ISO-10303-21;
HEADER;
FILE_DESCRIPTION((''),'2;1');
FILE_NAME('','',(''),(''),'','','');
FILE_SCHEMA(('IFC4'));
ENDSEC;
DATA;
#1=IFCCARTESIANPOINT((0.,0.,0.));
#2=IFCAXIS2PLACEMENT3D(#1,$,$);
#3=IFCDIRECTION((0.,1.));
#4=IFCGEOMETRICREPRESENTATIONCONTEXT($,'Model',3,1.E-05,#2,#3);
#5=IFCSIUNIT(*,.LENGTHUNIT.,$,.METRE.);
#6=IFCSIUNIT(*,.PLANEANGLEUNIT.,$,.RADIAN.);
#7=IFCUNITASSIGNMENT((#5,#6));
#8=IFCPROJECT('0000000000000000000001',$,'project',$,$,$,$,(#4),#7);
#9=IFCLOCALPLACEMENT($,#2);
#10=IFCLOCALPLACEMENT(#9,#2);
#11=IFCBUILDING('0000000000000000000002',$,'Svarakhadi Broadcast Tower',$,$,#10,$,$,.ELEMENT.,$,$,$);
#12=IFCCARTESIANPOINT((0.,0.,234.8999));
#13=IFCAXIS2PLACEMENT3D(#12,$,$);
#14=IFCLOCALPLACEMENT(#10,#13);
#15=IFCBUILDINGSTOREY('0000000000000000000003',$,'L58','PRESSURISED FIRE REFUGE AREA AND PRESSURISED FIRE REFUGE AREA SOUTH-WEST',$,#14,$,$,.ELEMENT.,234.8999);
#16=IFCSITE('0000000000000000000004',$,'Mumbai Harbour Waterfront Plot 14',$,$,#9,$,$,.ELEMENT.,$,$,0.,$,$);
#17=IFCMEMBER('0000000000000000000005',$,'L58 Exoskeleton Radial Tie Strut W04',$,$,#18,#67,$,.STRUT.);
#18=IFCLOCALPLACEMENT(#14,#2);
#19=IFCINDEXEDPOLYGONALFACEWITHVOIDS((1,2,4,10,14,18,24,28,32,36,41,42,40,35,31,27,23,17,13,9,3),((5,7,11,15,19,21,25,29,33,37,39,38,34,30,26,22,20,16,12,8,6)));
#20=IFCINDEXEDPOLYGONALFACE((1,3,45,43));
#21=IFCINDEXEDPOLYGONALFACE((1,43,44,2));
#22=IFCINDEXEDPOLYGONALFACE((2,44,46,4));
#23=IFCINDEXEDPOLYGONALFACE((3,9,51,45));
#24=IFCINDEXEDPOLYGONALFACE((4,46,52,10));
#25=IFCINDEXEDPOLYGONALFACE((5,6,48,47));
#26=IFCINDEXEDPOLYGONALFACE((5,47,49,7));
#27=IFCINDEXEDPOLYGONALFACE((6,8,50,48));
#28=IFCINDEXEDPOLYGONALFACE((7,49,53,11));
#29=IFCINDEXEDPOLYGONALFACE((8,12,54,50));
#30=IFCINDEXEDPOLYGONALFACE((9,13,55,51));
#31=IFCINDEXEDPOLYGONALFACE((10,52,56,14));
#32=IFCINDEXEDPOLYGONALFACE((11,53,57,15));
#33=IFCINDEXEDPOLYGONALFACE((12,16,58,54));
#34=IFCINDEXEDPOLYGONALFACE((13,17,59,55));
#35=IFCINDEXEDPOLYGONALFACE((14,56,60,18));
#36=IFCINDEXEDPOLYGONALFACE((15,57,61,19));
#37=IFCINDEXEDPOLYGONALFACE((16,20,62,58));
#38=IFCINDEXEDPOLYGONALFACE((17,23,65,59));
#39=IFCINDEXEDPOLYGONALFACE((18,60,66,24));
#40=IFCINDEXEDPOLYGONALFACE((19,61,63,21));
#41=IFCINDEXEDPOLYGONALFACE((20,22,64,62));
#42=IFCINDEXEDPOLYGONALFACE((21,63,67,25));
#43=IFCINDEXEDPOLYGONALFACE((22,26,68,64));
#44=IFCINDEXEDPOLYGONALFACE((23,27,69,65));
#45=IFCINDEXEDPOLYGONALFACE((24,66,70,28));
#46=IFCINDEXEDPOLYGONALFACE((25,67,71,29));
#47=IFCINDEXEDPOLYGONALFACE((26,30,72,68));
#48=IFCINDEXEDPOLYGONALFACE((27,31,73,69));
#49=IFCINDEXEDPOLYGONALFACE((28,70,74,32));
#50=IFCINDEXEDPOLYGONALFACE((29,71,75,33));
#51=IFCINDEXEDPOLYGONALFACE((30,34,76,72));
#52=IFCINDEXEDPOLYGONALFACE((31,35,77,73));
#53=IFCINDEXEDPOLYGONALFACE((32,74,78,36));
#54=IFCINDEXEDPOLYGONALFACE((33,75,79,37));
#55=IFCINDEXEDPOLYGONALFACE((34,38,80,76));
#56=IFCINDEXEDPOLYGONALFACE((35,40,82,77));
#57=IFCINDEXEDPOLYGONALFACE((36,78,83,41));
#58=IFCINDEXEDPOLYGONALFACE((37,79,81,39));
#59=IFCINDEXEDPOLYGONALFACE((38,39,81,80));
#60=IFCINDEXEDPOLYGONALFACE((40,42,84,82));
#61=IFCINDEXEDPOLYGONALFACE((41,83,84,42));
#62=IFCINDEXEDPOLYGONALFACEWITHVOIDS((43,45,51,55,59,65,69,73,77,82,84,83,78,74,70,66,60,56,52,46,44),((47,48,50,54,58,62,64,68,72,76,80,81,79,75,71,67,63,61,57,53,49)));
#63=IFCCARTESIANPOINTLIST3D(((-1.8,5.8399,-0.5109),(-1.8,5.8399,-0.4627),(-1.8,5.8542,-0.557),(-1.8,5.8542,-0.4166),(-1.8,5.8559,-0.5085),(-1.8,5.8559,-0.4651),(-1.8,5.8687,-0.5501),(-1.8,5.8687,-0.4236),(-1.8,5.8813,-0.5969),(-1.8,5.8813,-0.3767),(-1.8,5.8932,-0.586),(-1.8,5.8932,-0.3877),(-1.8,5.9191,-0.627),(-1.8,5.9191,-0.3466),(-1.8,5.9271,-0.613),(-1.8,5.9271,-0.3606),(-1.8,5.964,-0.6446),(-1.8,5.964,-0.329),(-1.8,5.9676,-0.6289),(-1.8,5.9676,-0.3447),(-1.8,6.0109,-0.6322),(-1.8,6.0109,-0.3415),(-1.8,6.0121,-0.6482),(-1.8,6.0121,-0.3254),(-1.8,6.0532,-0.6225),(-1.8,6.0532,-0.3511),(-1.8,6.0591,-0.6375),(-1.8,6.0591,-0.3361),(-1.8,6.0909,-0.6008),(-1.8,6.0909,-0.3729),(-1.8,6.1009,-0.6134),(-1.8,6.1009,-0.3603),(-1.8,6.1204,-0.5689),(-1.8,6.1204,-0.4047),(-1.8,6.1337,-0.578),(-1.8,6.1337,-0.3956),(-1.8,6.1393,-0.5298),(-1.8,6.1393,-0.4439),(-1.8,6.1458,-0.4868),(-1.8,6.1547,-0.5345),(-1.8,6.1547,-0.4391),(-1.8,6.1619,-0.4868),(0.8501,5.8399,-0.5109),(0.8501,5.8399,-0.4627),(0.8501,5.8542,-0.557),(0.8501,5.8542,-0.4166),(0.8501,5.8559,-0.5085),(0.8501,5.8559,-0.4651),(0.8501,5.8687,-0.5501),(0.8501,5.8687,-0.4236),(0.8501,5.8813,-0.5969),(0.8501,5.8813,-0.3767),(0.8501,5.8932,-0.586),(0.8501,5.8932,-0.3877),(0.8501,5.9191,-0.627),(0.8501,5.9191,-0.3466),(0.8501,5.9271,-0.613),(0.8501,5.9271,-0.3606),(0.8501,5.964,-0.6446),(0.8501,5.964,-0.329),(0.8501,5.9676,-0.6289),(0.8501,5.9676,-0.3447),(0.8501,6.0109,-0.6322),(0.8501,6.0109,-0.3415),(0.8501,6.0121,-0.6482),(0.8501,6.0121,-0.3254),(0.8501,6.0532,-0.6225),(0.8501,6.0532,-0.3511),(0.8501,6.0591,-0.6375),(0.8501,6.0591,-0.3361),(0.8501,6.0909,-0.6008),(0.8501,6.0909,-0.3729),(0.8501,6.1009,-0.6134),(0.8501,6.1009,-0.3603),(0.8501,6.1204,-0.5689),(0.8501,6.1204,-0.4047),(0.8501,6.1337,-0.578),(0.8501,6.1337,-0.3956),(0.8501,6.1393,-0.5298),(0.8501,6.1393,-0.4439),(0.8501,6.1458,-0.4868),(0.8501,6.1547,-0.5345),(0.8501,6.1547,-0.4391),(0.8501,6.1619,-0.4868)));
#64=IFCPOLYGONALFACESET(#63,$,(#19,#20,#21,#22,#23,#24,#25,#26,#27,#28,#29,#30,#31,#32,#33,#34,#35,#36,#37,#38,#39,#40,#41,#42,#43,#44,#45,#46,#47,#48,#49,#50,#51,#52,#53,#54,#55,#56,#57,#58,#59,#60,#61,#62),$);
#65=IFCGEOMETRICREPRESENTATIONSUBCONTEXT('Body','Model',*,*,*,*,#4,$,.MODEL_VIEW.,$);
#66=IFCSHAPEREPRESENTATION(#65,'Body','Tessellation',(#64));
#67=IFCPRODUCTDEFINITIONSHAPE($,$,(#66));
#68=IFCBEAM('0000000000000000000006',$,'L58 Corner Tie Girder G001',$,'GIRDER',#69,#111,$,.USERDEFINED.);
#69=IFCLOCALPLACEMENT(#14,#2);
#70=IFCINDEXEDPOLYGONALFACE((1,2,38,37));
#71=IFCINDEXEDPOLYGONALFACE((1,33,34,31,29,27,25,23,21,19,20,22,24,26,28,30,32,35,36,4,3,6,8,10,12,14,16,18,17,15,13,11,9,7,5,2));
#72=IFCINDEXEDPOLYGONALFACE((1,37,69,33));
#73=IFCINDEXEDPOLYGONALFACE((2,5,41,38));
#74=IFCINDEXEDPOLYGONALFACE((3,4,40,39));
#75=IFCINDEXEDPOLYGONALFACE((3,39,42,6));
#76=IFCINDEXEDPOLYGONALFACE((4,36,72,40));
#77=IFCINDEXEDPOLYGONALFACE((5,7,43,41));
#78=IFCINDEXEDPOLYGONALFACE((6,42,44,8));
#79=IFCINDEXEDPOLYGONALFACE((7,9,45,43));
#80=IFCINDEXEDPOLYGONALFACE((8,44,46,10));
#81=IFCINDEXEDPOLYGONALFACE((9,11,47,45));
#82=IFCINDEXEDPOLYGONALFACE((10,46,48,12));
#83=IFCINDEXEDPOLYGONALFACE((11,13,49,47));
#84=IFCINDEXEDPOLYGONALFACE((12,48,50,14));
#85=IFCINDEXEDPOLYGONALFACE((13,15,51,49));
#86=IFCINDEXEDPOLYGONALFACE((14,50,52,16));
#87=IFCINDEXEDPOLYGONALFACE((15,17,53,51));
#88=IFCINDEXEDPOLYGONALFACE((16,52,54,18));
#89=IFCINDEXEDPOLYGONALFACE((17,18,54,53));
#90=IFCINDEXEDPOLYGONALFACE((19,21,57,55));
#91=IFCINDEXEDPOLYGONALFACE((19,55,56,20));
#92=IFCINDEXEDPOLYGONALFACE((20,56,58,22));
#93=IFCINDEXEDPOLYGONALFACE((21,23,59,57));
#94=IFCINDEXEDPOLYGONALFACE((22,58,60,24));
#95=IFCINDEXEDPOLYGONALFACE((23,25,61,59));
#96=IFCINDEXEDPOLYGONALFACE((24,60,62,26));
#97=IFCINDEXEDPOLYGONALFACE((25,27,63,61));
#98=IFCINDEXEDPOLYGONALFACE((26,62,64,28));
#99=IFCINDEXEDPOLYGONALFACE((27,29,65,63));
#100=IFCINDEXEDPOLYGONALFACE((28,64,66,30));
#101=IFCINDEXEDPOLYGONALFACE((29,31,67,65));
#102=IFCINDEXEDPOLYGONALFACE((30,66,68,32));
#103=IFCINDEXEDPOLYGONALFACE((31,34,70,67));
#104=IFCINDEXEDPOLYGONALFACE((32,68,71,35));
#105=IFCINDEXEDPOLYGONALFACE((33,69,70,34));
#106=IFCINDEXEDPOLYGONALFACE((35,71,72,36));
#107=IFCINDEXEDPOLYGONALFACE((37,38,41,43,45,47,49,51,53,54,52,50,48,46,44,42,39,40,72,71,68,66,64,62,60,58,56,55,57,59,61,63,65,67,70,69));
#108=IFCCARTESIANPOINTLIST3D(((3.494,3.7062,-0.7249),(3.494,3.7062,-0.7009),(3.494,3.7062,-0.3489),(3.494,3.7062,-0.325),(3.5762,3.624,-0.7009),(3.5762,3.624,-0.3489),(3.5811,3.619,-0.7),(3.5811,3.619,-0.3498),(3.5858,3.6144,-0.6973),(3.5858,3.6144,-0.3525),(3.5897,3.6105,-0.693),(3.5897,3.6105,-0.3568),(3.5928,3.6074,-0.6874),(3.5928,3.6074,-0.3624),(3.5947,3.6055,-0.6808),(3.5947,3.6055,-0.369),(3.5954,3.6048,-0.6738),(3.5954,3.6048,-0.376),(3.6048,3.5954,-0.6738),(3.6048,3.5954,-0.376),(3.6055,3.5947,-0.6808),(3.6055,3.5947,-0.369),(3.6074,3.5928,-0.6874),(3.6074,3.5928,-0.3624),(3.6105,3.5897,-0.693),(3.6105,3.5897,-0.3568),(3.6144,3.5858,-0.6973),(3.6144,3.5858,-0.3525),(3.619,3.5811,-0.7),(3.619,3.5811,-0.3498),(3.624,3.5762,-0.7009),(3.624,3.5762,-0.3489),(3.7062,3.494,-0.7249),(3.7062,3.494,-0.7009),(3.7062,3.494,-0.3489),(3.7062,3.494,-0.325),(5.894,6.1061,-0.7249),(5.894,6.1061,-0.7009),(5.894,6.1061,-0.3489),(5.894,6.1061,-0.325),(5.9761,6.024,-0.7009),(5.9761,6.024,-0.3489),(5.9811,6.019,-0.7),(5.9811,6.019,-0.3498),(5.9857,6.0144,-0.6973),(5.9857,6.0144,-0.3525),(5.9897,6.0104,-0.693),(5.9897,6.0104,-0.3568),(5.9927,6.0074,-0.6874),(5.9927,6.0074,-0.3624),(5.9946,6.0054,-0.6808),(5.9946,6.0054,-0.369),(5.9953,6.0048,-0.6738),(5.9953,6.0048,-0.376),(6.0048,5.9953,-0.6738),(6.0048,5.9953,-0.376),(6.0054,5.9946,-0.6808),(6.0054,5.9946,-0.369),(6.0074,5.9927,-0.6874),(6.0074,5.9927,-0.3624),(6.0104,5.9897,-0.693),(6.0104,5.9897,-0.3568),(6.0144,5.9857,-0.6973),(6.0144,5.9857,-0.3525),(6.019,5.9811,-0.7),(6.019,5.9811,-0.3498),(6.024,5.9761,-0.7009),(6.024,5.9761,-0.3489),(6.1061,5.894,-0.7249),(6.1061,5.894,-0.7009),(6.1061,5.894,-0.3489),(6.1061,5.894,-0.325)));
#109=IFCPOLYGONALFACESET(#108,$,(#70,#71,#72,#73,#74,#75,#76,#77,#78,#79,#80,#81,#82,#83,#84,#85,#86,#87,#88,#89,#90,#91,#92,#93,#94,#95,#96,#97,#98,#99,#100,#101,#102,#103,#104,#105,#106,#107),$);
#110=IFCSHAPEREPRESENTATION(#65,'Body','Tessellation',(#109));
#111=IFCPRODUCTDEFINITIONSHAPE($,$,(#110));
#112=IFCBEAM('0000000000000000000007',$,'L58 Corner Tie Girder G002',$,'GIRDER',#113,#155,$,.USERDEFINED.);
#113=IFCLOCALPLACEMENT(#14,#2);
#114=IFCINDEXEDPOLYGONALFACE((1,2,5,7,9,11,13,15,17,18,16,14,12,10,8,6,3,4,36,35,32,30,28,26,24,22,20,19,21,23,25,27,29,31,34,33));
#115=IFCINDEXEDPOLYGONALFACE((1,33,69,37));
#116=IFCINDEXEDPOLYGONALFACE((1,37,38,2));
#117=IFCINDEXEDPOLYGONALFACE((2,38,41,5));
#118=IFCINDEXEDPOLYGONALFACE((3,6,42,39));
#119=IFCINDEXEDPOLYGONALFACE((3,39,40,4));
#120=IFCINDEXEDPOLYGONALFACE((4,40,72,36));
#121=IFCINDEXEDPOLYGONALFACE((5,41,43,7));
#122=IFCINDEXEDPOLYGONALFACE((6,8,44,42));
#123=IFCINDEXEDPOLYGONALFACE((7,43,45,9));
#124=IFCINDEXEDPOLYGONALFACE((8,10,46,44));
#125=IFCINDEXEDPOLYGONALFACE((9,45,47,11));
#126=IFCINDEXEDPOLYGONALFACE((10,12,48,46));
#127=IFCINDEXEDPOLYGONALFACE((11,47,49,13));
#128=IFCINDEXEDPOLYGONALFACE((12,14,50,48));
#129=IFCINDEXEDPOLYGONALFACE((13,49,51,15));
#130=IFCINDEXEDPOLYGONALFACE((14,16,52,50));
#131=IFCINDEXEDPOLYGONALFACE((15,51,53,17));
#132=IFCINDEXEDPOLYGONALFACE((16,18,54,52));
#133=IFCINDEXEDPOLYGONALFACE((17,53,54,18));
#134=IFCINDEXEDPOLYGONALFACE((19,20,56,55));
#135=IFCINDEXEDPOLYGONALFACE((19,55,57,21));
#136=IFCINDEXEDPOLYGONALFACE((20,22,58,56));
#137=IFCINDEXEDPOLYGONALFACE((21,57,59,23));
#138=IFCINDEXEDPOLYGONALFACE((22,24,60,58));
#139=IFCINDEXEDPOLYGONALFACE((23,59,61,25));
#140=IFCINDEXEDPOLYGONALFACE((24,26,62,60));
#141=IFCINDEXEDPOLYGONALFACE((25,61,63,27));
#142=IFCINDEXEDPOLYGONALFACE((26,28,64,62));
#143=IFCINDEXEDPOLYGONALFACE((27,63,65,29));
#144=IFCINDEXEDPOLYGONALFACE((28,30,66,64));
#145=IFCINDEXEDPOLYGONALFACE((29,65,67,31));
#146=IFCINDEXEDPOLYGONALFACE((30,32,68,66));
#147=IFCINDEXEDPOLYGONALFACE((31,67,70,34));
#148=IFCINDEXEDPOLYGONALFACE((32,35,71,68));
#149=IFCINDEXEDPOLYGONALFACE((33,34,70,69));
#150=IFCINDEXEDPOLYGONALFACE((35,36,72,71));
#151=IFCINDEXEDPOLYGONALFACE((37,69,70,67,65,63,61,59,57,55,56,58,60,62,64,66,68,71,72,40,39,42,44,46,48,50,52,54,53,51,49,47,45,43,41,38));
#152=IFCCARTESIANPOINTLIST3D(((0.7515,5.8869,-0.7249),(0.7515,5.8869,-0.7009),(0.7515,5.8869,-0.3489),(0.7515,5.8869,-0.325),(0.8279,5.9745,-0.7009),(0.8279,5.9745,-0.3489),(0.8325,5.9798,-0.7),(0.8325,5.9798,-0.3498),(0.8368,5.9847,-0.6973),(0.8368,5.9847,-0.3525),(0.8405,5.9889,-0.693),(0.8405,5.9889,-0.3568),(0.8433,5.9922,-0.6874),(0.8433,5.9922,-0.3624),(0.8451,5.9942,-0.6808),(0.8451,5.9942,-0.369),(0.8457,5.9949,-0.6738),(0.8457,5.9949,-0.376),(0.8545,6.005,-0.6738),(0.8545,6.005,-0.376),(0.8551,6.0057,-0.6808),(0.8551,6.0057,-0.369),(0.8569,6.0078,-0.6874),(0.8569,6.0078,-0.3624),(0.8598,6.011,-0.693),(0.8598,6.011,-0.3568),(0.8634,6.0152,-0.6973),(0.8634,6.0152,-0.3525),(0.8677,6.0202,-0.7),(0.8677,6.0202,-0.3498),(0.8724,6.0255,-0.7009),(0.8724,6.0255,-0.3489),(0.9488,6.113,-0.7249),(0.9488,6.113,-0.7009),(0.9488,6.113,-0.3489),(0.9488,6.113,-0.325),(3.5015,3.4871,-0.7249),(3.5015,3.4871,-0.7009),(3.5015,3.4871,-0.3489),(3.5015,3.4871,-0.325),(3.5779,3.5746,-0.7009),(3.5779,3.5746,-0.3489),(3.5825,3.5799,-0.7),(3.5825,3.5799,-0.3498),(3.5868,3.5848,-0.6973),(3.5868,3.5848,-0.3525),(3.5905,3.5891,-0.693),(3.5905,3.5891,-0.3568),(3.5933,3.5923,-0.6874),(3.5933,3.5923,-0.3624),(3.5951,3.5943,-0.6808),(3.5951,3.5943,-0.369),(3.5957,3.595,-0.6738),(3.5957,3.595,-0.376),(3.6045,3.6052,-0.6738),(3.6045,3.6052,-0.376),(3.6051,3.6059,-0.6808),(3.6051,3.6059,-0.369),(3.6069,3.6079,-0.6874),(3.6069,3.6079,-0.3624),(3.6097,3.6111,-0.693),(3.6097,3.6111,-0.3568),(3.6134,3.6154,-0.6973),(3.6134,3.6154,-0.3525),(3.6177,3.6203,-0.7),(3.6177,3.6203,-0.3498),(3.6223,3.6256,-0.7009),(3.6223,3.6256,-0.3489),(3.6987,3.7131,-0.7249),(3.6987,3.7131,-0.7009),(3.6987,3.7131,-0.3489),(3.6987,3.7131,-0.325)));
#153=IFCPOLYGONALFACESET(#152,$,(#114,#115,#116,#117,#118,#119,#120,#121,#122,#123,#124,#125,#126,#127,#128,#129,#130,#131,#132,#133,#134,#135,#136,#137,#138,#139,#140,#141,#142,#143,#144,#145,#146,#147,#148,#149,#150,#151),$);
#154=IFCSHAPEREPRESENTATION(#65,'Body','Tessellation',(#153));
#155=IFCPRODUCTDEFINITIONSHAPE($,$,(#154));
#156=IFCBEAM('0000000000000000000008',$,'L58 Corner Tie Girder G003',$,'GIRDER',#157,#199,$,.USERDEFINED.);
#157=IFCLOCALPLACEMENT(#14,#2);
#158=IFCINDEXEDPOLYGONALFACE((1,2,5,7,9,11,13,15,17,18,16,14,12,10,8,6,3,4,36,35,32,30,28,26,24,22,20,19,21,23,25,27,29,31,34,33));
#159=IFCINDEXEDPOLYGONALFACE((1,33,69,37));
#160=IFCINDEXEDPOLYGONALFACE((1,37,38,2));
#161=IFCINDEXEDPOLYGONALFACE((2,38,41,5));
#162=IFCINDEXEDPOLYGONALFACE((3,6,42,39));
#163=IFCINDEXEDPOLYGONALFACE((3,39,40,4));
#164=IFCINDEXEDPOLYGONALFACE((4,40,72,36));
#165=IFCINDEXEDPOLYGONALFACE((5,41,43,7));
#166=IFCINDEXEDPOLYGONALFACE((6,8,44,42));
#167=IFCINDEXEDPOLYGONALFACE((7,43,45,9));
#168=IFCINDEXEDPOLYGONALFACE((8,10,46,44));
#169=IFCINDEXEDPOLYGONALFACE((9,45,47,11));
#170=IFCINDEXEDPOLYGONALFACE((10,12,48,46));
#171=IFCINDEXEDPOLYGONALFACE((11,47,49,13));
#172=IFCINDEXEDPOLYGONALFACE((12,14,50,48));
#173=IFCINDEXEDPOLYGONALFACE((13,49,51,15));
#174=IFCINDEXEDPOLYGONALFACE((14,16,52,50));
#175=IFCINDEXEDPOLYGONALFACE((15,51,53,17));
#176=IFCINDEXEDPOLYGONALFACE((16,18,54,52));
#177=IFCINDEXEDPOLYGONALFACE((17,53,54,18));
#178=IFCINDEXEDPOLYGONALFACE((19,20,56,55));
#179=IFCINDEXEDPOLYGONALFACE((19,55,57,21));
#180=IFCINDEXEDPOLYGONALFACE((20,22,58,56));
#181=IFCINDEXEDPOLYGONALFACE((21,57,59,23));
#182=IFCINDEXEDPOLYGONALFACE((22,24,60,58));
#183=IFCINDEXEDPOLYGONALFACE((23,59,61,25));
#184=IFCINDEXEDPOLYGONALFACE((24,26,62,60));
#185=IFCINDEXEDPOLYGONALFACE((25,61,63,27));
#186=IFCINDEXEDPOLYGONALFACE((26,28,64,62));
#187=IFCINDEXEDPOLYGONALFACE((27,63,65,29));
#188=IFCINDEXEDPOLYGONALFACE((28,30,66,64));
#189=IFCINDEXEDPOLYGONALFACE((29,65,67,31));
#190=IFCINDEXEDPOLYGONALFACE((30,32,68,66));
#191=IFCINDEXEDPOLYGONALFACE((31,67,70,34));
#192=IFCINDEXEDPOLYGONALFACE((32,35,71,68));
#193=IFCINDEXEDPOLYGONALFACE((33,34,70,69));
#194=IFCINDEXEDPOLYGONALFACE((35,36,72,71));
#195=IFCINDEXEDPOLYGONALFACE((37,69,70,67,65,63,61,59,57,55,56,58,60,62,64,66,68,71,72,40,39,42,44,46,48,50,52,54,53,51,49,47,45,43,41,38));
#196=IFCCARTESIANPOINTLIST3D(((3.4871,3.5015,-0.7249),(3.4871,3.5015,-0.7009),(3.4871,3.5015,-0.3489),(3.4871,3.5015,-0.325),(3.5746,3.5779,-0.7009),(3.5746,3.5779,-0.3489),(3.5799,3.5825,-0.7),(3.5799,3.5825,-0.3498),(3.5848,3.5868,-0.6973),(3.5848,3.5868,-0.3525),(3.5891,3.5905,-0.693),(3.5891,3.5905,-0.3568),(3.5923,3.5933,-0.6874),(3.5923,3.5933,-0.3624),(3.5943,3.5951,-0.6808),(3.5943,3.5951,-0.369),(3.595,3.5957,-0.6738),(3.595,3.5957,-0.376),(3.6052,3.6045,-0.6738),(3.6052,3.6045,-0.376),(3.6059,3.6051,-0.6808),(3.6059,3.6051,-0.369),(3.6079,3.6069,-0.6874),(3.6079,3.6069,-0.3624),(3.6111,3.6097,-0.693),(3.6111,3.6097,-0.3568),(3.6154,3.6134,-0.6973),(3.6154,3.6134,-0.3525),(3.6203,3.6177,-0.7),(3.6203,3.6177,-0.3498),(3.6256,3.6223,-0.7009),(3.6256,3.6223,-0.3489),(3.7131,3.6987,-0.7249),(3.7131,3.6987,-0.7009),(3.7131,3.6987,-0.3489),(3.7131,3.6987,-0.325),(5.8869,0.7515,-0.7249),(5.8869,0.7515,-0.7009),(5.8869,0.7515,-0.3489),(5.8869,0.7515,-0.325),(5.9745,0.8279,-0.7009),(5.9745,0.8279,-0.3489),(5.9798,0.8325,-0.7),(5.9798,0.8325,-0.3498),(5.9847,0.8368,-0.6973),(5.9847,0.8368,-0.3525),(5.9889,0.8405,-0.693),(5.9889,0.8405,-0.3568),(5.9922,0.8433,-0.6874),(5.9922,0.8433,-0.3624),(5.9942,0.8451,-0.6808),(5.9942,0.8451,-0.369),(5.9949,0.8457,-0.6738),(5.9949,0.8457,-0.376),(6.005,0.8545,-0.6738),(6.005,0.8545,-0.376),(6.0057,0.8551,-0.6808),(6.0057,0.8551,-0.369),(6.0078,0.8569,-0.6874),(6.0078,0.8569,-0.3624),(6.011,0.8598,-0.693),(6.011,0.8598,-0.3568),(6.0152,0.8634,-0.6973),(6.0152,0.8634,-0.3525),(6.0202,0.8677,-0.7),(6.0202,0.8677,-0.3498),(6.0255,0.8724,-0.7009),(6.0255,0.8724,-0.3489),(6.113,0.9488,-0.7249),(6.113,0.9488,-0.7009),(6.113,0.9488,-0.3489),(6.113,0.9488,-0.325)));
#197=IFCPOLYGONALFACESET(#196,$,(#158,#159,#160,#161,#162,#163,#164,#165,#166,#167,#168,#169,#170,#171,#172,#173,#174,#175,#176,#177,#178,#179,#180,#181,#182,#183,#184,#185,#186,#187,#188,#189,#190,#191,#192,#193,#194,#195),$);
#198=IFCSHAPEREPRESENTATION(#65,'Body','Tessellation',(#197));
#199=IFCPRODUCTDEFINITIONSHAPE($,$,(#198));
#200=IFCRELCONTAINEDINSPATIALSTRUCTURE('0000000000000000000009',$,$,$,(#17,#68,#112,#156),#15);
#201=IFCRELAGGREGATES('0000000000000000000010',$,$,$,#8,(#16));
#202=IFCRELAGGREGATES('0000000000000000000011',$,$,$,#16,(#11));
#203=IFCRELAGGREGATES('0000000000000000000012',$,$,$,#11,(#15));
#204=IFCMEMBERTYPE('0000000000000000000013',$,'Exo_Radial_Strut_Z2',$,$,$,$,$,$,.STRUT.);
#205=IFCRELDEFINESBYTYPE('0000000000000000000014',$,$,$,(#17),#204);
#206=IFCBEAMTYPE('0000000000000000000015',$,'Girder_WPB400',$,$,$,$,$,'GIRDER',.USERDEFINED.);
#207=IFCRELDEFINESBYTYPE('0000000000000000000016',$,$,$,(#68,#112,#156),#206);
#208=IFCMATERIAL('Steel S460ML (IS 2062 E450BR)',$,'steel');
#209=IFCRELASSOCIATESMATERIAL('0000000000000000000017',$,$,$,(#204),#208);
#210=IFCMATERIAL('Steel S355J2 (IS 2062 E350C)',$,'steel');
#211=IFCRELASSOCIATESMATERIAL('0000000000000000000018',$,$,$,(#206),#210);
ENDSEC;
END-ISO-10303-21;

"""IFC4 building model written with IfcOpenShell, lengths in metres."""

from ifc_helpers import new_model, si_unit, direction, frame, origin, origin_2d, place, context, subcontext, project, spatial, hollow_circle, i_section, extrude, material, material_profile, profile_set, type_object, element, save


model = new_model("IFC4")

# Units and contexts
model_context = context("Model", 3, precision=1e-05, world=origin(), true_north=direction((0.0, 1.0)))
body_context = subcontext(model_context, "Body", "Model", "MODEL_VIEW")
ifc_project = project(units=[si_unit("LENGTHUNIT", "METRE"), si_unit("PLANEANGLEUNIT", "RADIAN")], contexts=[model_context])

# Site, building, storey
site_placement = place(None, origin())
site = spatial("IfcSite", under=ifc_project, at=site_placement, Name="Mumbai Harbour Waterfront Plot 14", CompositionType="ELEMENT", RefElevation=0.0)
building_placement = place(site_placement, origin())
building = spatial("IfcBuilding", under=site, at=building_placement, Name="Svarakhadi Broadcast Tower", CompositionType="ELEMENT")
storey_placement = place(building_placement, frame((0.0, 0.0, 234.8999)))
storey = spatial("IfcBuildingStorey", under=building, at=storey_placement, Name="L58", Description="PRESSURISED FIRE REFUGE AREA AND PRESSURISED FIRE REFUGE AREA SOUTH-WEST", CompositionType="ELEMENT", Elevation=234.8999)

# Shared definitions
ifc_material_1 = material(Name="Steel S460ML (IS 2062 E450BR)", Category="steel")

# Member
ifc_material_profile_1 = material_profile(ifc_material_1, hollow_circle(Radius=0.1619, WallThickness=0.0161, at=origin_2d()), Name="CHS 323.9x16")
ifc_profile_set_1 = profile_set([ifc_material_profile_1], Name="Steel S460ML (IS 2062 E450BR)")
member_type_1 = type_object("IfcMemberType", Name="Exo_Radial_Strut_Z2", PredefinedType="STRUT", material=ifc_profile_set_1)
for number, where, z_axis, x_axis, name in (
    (1, (-1.8, 6.0, -0.4868), (1.0, 0.0, 0.0), (0.0, 1.0, 0.0), "L58 Exoskeleton Radial Tie Strut W04"),
):
    element("IfcMember", number, at=place(storey_placement, frame(where, z_axis=z_axis, x_axis=x_axis)), inside=storey, type_object=member_type_1, Name=name, PredefinedType="STRUT", context=body_context, shape_type="SweptSolid", body=[
        extrude(hollow_circle(Radius=0.1619, WallThickness=0.0161, at=origin_2d()), origin(), (0.0, 0.0, 1.0), 2.6501),
    ])

# Beams
ifc_material_2 = material(Name="Steel S355J2 (IS 2062 E350C)", Category="steel")
ifc_material_profile_2 = material_profile(ifc_material_2, i_section(OverallWidth=0.3, OverallDepth=0.3999, WebThickness=0.0134, FlangeThickness=0.0239, FilletRadius=0.0271, at=origin_2d()), Name="WPB 400x300x155")
ifc_profile_set_2 = profile_set([ifc_material_profile_2], Name="Steel S355J2 (IS 2062 E350C)")
beam_type = type_object("IfcBeamType", Name="Girder_WPB400", ElementType="GIRDER", PredefinedType="USERDEFINED", material=ifc_profile_set_2)
beam_1_placement = place(storey_placement, frame((3.6001, 3.6001, -0.5249), z_axis=(0.707107, 0.707107, 0.0), x_axis=(-0.707107, 0.707107, 0.0)))
element("IfcBeam", 2, at=beam_1_placement, inside=storey, type_object=beam_type, Name="L58 Corner Tie Girder G001", ObjectType="GIRDER", PredefinedType="USERDEFINED", context=body_context, shape_type="SweptSolid", body=[
    extrude(i_section(OverallWidth=0.3, OverallDepth=0.3999, WebThickness=0.0134, FlangeThickness=0.0239, FilletRadius=0.0271, at=origin_2d()), origin(), (0.0, 0.0, 1.0), 3.394),
])
for number, where, z_axis, x_axis, name in (
    (3, (3.6001, 3.6001, -0.5249), (-0.753438, 0.657519, 0.0), (-0.657519, -0.753438, 0.0), "L58 Corner Tie Girder G002"),
    (4, (3.6001, 3.6001, -0.5249), (0.657519, -0.753438, 0.0), (0.753438, 0.657519, 0.0), "L58 Corner Tie Girder G003"),
):
    element("IfcBeam", number, at=place(storey_placement, frame(where, z_axis=z_axis, x_axis=x_axis)), inside=storey, type_object=beam_type, Name=name, ObjectType="GIRDER", PredefinedType="USERDEFINED", context=body_context, shape_type="SweptSolid", body=[
        extrude(i_section(OverallWidth=0.3, OverallDepth=0.3999, WebThickness=0.0134, FlangeThickness=0.0239, FilletRadius=0.0271, at=origin_2d()), origin(), (0.0, 0.0, 1.0), 3.6499),
    ])

save(model, "model.ifc")
